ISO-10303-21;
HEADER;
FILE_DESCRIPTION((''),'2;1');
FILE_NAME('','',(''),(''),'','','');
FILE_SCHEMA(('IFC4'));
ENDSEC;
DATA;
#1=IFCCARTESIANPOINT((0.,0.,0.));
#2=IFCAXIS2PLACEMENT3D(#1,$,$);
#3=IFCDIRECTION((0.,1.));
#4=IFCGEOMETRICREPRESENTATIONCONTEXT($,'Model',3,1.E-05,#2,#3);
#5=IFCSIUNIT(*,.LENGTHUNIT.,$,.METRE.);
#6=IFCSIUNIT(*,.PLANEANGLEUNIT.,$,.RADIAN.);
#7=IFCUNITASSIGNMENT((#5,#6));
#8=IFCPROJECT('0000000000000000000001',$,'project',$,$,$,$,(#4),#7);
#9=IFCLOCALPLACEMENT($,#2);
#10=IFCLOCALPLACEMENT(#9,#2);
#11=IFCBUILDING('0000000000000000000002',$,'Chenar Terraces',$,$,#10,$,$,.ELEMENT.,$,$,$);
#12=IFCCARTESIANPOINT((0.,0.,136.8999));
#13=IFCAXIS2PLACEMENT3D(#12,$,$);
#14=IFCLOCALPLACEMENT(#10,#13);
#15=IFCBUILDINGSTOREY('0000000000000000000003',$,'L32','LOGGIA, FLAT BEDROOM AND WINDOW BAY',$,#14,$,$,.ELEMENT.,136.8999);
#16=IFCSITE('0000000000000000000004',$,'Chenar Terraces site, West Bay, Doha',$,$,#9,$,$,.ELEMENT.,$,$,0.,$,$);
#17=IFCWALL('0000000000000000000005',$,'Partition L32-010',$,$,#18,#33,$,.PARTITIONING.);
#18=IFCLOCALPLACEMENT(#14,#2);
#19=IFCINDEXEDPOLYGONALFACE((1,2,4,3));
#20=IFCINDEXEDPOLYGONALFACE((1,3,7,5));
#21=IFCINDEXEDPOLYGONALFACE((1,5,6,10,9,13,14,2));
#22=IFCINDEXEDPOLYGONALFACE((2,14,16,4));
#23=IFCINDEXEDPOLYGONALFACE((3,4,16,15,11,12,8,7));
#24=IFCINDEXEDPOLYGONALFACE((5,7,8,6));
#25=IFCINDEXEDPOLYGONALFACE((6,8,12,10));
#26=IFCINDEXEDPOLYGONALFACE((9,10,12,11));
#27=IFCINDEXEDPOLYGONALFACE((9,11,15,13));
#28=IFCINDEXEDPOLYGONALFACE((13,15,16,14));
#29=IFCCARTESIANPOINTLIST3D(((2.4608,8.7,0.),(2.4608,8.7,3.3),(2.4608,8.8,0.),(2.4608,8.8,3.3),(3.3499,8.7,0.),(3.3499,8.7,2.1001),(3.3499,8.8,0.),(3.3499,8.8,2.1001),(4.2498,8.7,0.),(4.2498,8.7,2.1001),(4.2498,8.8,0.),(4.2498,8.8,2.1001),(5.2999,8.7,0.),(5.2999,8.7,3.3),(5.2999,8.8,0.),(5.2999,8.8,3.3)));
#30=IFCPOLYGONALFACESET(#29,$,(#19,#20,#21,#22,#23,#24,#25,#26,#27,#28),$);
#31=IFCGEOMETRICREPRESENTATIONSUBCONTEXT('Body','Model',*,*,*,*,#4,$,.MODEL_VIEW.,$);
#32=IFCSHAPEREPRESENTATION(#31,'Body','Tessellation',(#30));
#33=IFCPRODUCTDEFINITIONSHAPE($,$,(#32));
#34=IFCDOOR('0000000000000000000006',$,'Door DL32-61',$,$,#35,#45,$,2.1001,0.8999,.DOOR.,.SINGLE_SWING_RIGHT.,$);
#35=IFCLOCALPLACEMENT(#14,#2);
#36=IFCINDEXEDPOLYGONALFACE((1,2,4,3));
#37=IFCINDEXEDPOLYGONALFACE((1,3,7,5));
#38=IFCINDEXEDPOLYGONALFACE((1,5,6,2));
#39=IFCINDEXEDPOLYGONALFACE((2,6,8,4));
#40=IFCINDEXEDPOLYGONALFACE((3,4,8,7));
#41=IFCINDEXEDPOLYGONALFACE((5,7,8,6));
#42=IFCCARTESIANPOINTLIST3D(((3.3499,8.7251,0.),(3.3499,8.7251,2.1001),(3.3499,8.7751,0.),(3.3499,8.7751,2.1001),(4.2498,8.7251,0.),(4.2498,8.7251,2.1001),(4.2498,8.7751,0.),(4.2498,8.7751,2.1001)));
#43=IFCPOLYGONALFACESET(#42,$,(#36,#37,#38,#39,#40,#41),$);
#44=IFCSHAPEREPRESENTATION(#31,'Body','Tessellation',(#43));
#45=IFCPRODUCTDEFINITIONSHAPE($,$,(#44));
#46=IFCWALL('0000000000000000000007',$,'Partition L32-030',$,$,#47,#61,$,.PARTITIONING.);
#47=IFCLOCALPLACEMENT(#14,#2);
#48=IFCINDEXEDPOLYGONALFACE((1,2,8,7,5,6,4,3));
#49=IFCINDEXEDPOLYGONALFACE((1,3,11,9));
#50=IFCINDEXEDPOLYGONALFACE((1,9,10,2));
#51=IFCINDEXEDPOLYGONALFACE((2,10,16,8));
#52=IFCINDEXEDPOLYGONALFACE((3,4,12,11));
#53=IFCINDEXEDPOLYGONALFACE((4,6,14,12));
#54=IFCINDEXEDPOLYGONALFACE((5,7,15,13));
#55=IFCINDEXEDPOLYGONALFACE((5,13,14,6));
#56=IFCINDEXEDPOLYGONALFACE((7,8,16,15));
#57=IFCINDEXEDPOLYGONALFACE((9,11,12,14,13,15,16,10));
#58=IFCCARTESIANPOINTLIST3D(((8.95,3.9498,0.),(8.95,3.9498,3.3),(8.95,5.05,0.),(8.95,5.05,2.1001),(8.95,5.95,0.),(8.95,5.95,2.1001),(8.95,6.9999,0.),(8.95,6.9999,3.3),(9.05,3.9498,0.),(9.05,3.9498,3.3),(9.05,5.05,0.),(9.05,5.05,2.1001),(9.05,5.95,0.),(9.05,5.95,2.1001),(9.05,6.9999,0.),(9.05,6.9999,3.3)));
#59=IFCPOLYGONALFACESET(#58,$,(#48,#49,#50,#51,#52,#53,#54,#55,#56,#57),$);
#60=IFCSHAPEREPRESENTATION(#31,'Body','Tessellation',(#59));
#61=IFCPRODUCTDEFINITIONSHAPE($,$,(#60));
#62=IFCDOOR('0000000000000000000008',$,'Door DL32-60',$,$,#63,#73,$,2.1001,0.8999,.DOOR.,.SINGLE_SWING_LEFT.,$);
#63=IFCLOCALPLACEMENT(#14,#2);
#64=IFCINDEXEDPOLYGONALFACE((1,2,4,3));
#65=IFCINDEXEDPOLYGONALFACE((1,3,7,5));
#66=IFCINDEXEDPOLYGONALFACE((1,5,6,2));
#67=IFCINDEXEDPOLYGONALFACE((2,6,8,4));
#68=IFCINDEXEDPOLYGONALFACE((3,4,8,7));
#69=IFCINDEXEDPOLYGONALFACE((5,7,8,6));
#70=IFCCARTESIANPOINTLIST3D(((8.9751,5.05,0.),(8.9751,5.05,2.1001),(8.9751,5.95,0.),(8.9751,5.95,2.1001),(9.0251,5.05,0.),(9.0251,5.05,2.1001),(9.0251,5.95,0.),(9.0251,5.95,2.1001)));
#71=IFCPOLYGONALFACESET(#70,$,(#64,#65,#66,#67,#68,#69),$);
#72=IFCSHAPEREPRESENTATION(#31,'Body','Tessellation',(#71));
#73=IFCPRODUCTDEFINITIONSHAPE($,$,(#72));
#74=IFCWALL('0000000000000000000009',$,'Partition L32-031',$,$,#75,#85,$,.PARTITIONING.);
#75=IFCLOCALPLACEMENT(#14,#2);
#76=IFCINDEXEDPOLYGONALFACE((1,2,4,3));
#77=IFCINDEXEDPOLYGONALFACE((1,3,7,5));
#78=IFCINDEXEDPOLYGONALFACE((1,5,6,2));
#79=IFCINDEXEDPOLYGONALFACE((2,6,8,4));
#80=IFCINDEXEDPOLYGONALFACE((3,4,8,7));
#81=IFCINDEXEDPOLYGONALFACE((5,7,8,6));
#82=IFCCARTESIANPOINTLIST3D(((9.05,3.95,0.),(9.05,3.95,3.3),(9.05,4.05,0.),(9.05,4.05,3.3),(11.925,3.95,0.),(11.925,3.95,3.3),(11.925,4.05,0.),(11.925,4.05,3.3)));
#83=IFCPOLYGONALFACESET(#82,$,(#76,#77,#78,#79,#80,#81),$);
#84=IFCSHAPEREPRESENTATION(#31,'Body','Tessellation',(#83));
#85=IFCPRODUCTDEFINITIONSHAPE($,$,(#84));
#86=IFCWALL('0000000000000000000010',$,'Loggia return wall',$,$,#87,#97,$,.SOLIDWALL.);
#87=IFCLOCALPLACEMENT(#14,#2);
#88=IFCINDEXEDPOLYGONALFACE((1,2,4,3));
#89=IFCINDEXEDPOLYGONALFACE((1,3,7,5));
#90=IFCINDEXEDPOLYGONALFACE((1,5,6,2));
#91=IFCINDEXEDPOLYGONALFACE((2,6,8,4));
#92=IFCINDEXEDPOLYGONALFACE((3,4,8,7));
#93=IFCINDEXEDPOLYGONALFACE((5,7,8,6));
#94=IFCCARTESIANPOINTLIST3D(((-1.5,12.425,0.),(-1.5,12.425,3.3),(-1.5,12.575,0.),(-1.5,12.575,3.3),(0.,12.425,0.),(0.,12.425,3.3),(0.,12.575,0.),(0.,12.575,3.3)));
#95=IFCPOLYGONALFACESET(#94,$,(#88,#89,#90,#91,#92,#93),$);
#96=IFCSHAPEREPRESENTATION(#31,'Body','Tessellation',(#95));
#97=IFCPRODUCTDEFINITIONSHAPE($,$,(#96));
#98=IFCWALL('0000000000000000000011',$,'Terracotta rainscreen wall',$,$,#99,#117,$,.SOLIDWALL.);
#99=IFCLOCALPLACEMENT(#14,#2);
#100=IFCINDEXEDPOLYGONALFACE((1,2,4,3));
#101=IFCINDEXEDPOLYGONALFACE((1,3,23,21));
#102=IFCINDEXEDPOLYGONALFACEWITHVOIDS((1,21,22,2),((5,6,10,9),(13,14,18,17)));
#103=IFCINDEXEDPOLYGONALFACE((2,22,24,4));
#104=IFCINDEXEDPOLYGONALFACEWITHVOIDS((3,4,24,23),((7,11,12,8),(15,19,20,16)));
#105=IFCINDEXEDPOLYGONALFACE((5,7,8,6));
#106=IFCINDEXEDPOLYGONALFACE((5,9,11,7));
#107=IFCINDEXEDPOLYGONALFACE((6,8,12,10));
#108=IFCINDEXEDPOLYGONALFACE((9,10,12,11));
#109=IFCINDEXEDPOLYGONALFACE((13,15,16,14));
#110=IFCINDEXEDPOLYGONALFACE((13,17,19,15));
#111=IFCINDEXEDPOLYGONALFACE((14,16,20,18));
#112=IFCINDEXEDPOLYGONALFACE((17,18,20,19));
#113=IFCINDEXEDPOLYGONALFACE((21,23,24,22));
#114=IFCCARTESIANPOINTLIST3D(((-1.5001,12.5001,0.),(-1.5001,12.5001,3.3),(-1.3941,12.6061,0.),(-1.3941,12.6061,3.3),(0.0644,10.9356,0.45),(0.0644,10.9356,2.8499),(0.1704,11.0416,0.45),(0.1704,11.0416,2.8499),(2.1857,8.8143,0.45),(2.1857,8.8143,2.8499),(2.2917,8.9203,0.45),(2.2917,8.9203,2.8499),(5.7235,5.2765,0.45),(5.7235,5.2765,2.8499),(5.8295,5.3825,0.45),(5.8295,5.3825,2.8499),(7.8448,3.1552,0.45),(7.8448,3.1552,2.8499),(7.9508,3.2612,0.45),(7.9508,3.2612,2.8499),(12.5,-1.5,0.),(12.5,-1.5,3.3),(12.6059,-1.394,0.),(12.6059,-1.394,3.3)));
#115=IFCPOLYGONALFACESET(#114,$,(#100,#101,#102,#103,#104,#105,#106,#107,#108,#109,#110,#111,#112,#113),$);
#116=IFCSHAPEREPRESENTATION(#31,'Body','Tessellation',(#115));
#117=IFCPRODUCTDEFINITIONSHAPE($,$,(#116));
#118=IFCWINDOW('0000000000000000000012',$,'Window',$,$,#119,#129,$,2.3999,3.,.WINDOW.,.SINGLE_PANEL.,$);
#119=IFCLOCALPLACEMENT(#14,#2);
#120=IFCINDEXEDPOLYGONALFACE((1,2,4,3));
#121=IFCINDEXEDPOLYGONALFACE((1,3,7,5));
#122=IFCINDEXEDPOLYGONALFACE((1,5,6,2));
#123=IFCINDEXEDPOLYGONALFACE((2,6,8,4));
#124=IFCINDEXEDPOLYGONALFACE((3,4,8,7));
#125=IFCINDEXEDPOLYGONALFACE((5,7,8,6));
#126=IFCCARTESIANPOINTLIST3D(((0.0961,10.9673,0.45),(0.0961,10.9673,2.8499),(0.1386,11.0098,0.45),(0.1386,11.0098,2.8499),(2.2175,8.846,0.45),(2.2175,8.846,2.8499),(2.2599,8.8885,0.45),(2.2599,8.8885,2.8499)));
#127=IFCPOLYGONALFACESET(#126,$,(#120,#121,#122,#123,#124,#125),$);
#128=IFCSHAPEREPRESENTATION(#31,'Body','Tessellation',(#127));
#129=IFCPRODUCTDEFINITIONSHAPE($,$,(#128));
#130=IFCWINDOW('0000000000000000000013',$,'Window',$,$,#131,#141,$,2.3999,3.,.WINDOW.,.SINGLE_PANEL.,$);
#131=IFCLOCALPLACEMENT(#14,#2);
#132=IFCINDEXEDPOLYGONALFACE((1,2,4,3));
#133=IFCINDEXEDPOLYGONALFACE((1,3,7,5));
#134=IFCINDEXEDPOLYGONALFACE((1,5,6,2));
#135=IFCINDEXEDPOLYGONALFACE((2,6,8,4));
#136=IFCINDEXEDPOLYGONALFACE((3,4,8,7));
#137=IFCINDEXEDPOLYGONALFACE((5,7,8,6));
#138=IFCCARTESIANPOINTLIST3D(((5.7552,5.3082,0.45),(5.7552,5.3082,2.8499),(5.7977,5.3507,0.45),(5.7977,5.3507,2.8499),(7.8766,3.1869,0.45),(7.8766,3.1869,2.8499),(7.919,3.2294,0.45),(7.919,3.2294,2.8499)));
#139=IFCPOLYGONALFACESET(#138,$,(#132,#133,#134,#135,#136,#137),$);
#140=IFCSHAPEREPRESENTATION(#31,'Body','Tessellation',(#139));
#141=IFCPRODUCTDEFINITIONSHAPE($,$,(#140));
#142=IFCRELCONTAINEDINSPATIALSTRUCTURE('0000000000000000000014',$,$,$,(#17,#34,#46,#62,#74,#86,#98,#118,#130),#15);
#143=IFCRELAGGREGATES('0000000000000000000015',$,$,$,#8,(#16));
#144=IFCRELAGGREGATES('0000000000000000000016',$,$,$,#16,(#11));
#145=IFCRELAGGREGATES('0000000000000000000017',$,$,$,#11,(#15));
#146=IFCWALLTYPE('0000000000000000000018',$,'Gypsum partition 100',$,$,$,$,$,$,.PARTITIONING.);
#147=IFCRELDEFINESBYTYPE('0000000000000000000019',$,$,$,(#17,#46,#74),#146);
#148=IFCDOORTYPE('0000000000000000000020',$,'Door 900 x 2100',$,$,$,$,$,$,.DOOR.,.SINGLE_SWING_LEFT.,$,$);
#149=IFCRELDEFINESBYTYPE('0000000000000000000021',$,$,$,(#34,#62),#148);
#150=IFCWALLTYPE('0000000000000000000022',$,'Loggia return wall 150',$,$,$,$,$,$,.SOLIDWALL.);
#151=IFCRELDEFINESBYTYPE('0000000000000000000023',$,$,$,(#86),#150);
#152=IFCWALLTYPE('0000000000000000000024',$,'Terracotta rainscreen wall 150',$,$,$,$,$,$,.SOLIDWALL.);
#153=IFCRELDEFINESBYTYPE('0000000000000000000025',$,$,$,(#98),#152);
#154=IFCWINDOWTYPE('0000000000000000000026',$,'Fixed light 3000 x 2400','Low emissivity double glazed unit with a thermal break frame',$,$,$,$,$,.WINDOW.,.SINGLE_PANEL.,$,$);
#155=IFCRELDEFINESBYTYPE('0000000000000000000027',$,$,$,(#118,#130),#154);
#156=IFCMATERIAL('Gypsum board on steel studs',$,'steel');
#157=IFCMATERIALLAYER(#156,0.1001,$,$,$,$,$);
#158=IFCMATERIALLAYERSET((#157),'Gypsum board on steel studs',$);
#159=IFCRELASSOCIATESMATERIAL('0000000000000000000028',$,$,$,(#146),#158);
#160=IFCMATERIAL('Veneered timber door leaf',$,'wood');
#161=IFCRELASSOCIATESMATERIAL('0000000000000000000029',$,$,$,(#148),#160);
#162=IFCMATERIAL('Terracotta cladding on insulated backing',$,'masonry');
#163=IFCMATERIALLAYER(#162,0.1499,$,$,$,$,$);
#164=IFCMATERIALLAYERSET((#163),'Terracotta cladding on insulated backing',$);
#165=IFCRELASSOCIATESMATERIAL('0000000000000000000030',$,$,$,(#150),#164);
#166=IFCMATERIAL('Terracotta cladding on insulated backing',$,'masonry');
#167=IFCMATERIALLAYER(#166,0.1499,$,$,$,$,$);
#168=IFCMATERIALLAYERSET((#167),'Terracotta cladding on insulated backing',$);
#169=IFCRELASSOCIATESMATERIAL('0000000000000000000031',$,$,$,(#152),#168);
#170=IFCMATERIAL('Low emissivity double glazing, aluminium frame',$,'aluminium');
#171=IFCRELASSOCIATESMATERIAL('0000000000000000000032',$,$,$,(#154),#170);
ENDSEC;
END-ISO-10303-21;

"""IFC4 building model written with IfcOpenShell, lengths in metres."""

from ifc_helpers import new_model, si_unit, direction, frame, frame_2d, origin, place, context, subcontext, project, spatial, rectangle, extrude, material, layer, layer_set, type_object, element, fill, save


model = new_model("IFC4")

# Units and contexts
model_context = context("Model", 3, precision=1e-05, world=origin(), true_north=direction((0.0, 1.0)))
body_context = subcontext(model_context, "Body", "Model", "MODEL_VIEW")
ifc_project = project(units=[si_unit("LENGTHUNIT", "METRE"), si_unit("PLANEANGLEUNIT", "RADIAN")], contexts=[model_context])

# Site, building, storey
site_placement = place(None, origin())
site = spatial("IfcSite", under=ifc_project, at=site_placement, Name="Chenar Terraces site, West Bay, Doha", CompositionType="ELEMENT", RefElevation=0.0)
building_placement = place(site_placement, origin())
building = spatial("IfcBuilding", under=site, at=building_placement, Name="Chenar Terraces", CompositionType="ELEMENT")
storey_placement = place(building_placement, frame((0.0, 0.0, 136.8999)))
storey = spatial("IfcBuildingStorey", under=building, at=storey_placement, Name="L32", Description="LOGGIA, FLAT BEDROOM AND WINDOW BAY", CompositionType="ELEMENT", Elevation=136.8999)

# Walls, openings, doors
ifc_material_1 = material(Name="Gypsum board on steel studs", Category="steel")
ifc_layer_1 = layer(ifc_material_1, 0.1001)
ifc_layer_set_1 = layer_set([ifc_layer_1], Name="Gypsum board on steel studs")
wall_type_1 = type_object("IfcWallType", Name="Gypsum partition 100", PredefinedType="PARTITIONING", material=ifc_layer_set_1)
wall_1_placement = place(storey_placement, frame((2.4609, 8.75, 0.0), z_axis=(0.0, 0.0, 1.0), x_axis=(1.0, 0.0, 0.0)))
wall_1 = element("IfcWall", 1, at=wall_1_placement, inside=storey, type_object=wall_type_1, Name="Partition L32-010", PredefinedType="PARTITIONING", context=body_context, shape_type="SweptSolid", body=[
    extrude(rectangle(XDim=2.8391, YDim=0.1001, at=frame_2d((1.4194, 0.0))), origin(), (0.0, 0.0, 1.0), 3.3),
])
opening_1_placement = place(wall_1_placement, frame((0.8889, 0.0, 0.0)))
opening_1 = element("IfcOpeningElement", 2, at=opening_1_placement, cuts=wall_1, PredefinedType="OPENING", context=body_context, shape_type="SweptSolid", body=[
    extrude(rectangle(XDim=0.8999, YDim=2.1001, at=frame_2d((0.45, 1.05))), frame((0.0, 0.0601, 0.0), z_axis=(0.0, -1.0, 0.0), x_axis=(1.0, 0.0, 0.0)), (0.0, 0.0, 1.0), 0.1201),
])
ifc_material_2 = material(Name="Veneered timber door leaf", Category="wood")
door_type_1 = type_object("IfcDoorType", Name="Door 900 x 2100", OperationType="SINGLE_SWING_LEFT", PredefinedType="DOOR", material=ifc_material_2)
door_1_placement = place(opening_1_placement, frame((0.8999, 0.0, 0.0), z_axis=(0.0, 0.0, 1.0), x_axis=(-1.0, 0.0, 0.0)))
door_1 = element("IfcDoor", 3, at=door_1_placement, inside=storey, type_object=door_type_1, Name="Door DL32-61", OperationType="SINGLE_SWING_RIGHT", OverallHeight=2.1001, OverallWidth=0.8999, PredefinedType="DOOR", context=body_context, shape_type="SweptSolid", body=[
    extrude(rectangle(XDim=0.8999, YDim=2.1001, at=frame_2d((0.45, 1.05))), frame((0.0, 0.0249, 0.0), z_axis=(0.0, -1.0, 0.0), x_axis=(1.0, 0.0, 0.0)), (0.0, 0.0, 1.0), 0.05),
])
fill(opening_1, door_1)
wall_2_placement = place(storey_placement, frame((9.0, 3.95, 0.0), z_axis=(0.0, 0.0, 1.0), x_axis=(0.0, 1.0, 0.0)))
wall_2 = element("IfcWall", 4, at=wall_2_placement, inside=storey, type_object=wall_type_1, Name="Partition L32-030", PredefinedType="PARTITIONING", context=body_context, shape_type="SweptSolid", body=[
    extrude(rectangle(XDim=3.05, YDim=0.1001, at=frame_2d((1.5249, 0.0))), origin(), (0.0, 0.0, 1.0), 3.3),
])
opening_2_placement = place(wall_2_placement, frame((1.1001, 0.0, 0.0)))
opening_2 = element("IfcOpeningElement", 5, at=opening_2_placement, cuts=wall_2, PredefinedType="OPENING", context=body_context, shape_type="SweptSolid", body=[
    extrude(rectangle(XDim=0.8999, YDim=2.1001, at=frame_2d((0.45, 1.05))), frame((0.0, 0.0601, 0.0), z_axis=(0.0, -1.0, 0.0), x_axis=(1.0, 0.0, 0.0)), (0.0, 0.0, 1.0), 0.1201),
])
door_2_placement = place(opening_2_placement, origin())
door_2 = element("IfcDoor", 6, at=door_2_placement, inside=storey, type_object=door_type_1, Name="Door DL32-60", OperationType="SINGLE_SWING_LEFT", OverallHeight=2.1001, OverallWidth=0.8999, PredefinedType="DOOR", context=body_context, shape_type="SweptSolid", body=[
    extrude(rectangle(XDim=0.8999, YDim=2.1001, at=frame_2d((0.45, 1.05))), frame((0.0, 0.0249, 0.0), z_axis=(0.0, -1.0, 0.0), x_axis=(1.0, 0.0, 0.0)), (0.0, 0.0, 1.0), 0.05),
])
fill(opening_2, door_2)

# Walls
wall_3_placement = place(storey_placement, frame((9.05, 4.0, 0.0), z_axis=(0.0, 0.0, 1.0), x_axis=(1.0, 0.0, 0.0)))
element("IfcWall", 7, at=wall_3_placement, inside=storey, type_object=wall_type_1, Name="Partition L32-031", PredefinedType="PARTITIONING", context=body_context, shape_type="SweptSolid", body=[
    extrude(rectangle(XDim=2.875, YDim=0.1001, at=frame_2d((1.4375, 0.0))), origin(), (0.0, 0.0, 1.0), 3.3),
])
ifc_material_3 = material(Name="Terracotta cladding on insulated backing", Category="masonry")
ifc_layer_2 = layer(ifc_material_3, 0.1499)
ifc_layer_set_2 = layer_set([ifc_layer_2], Name="Terracotta cladding on insulated backing")
wall_type_2 = type_object("IfcWallType", Name="Loggia return wall 150", PredefinedType="SOLIDWALL", material=ifc_layer_set_2)
wall_4_placement = place(storey_placement, frame((-1.5, 12.5, 0.0), z_axis=(0.0, 0.0, 1.0), x_axis=(1.0, 0.0, 0.0)))
element("IfcWall", 8, at=wall_4_placement, inside=storey, type_object=wall_type_2, Name="Loggia return wall", PredefinedType="SOLIDWALL", context=body_context, shape_type="SweptSolid", body=[
    extrude(rectangle(XDim=1.5, YDim=0.1499, at=frame_2d((0.75, 0.0))), origin(), (0.0, 0.0, 1.0), 3.3),
])

# Wall, openings, windows
ifc_material_4 = material(Name="Terracotta cladding on insulated backing", Category="masonry")
ifc_layer_3 = layer(ifc_material_4, 0.1499)
ifc_layer_set_3 = layer_set([ifc_layer_3], Name="Terracotta cladding on insulated backing")
wall_type_3 = type_object("IfcWallType", Name="Terracotta rainscreen wall 150", PredefinedType="SOLIDWALL", material=ifc_layer_set_3)
wall_5_placement = place(storey_placement, frame((-1.447, 12.553, 0.0), z_axis=(0.0, 0.0, 1.0), x_axis=(0.707107, -0.707107, 0.0)))
wall_5 = element("IfcWall", 9, at=wall_5_placement, inside=storey, type_object=wall_type_3, Name="Terracotta rainscreen wall", PredefinedType="SOLIDWALL", context=body_context, shape_type="SweptSolid", body=[
    extrude(rectangle(XDim=19.7991, YDim=0.1499, at=frame_2d((9.8994, 0.0))), origin(), (0.0, 0.0, 1.0), 3.3),
])
opening_3_placement = place(wall_5_placement, frame((2.2124, 0.0, 0.45)))
opening_3 = element("IfcOpeningElement", 10, at=opening_3_placement, cuts=wall_5, PredefinedType="OPENING", context=body_context, shape_type="SweptSolid", body=[
    extrude(rectangle(XDim=3.0, YDim=2.3999, at=frame_2d((1.5, 1.2))), frame((0.0, 0.085, 0.0), z_axis=(0.0, -1.0, 0.0), x_axis=(1.0, 0.0, 0.0)), (0.0, 0.0, 1.0), 0.1699),
])
opening_4_placement = place(wall_5_placement, frame((10.2156, 0.0, 0.45)))
opening_4 = element("IfcOpeningElement", 11, at=opening_4_placement, cuts=wall_5, PredefinedType="OPENING", context=body_context, shape_type="SweptSolid", body=[
    extrude(rectangle(XDim=3.0, YDim=2.3999, at=frame_2d((1.5, 1.2))), frame((0.0, 0.085, 0.0), z_axis=(0.0, -1.0, 0.0), x_axis=(1.0, 0.0, 0.0)), (0.0, 0.0, 1.0), 0.1699),
])
ifc_material_5 = material(Name="Low emissivity double glazing, aluminium frame", Category="aluminium")
window_type = type_object("IfcWindowType", Name="Fixed light 3000 x 2400", Description="Low emissivity double glazed unit with a thermal break frame", PartitioningType="SINGLE_PANEL", PredefinedType="WINDOW", material=ifc_material_5)
window_1_placement = place(opening_3_placement, origin())
window_1 = element("IfcWindow", 12, at=window_1_placement, inside=storey, type_object=window_type, Name="Window", OverallHeight=2.3999, OverallWidth=3.0, PartitioningType="SINGLE_PANEL", PredefinedType="WINDOW", context=body_context, shape_type="SweptSolid", body=[
    extrude(rectangle(XDim=3.0, YDim=2.3999, at=frame_2d((1.5, 1.2))), frame((0.0, 0.03, 0.0), z_axis=(0.0, -1.0, 0.0), x_axis=(1.0, 0.0, 0.0)), (0.0, 0.0, 1.0), 0.0601),
])
fill(opening_3, window_1)
window_2_placement = place(opening_4_placement, origin())
window_2 = element("IfcWindow", 13, at=window_2_placement, inside=storey, type_object=window_type, Name="Window", OverallHeight=2.3999, OverallWidth=3.0, PartitioningType="SINGLE_PANEL", PredefinedType="WINDOW", context=body_context, shape_type="SweptSolid", body=[
    extrude(rectangle(XDim=3.0, YDim=2.3999, at=frame_2d((1.5, 1.2))), frame((0.0, 0.03, 0.0), z_axis=(0.0, -1.0, 0.0), x_axis=(1.0, 0.0, 0.0)), (0.0, 0.0, 1.0), 0.0601),
])
fill(opening_4, window_2)

save(model, "model.ifc")
